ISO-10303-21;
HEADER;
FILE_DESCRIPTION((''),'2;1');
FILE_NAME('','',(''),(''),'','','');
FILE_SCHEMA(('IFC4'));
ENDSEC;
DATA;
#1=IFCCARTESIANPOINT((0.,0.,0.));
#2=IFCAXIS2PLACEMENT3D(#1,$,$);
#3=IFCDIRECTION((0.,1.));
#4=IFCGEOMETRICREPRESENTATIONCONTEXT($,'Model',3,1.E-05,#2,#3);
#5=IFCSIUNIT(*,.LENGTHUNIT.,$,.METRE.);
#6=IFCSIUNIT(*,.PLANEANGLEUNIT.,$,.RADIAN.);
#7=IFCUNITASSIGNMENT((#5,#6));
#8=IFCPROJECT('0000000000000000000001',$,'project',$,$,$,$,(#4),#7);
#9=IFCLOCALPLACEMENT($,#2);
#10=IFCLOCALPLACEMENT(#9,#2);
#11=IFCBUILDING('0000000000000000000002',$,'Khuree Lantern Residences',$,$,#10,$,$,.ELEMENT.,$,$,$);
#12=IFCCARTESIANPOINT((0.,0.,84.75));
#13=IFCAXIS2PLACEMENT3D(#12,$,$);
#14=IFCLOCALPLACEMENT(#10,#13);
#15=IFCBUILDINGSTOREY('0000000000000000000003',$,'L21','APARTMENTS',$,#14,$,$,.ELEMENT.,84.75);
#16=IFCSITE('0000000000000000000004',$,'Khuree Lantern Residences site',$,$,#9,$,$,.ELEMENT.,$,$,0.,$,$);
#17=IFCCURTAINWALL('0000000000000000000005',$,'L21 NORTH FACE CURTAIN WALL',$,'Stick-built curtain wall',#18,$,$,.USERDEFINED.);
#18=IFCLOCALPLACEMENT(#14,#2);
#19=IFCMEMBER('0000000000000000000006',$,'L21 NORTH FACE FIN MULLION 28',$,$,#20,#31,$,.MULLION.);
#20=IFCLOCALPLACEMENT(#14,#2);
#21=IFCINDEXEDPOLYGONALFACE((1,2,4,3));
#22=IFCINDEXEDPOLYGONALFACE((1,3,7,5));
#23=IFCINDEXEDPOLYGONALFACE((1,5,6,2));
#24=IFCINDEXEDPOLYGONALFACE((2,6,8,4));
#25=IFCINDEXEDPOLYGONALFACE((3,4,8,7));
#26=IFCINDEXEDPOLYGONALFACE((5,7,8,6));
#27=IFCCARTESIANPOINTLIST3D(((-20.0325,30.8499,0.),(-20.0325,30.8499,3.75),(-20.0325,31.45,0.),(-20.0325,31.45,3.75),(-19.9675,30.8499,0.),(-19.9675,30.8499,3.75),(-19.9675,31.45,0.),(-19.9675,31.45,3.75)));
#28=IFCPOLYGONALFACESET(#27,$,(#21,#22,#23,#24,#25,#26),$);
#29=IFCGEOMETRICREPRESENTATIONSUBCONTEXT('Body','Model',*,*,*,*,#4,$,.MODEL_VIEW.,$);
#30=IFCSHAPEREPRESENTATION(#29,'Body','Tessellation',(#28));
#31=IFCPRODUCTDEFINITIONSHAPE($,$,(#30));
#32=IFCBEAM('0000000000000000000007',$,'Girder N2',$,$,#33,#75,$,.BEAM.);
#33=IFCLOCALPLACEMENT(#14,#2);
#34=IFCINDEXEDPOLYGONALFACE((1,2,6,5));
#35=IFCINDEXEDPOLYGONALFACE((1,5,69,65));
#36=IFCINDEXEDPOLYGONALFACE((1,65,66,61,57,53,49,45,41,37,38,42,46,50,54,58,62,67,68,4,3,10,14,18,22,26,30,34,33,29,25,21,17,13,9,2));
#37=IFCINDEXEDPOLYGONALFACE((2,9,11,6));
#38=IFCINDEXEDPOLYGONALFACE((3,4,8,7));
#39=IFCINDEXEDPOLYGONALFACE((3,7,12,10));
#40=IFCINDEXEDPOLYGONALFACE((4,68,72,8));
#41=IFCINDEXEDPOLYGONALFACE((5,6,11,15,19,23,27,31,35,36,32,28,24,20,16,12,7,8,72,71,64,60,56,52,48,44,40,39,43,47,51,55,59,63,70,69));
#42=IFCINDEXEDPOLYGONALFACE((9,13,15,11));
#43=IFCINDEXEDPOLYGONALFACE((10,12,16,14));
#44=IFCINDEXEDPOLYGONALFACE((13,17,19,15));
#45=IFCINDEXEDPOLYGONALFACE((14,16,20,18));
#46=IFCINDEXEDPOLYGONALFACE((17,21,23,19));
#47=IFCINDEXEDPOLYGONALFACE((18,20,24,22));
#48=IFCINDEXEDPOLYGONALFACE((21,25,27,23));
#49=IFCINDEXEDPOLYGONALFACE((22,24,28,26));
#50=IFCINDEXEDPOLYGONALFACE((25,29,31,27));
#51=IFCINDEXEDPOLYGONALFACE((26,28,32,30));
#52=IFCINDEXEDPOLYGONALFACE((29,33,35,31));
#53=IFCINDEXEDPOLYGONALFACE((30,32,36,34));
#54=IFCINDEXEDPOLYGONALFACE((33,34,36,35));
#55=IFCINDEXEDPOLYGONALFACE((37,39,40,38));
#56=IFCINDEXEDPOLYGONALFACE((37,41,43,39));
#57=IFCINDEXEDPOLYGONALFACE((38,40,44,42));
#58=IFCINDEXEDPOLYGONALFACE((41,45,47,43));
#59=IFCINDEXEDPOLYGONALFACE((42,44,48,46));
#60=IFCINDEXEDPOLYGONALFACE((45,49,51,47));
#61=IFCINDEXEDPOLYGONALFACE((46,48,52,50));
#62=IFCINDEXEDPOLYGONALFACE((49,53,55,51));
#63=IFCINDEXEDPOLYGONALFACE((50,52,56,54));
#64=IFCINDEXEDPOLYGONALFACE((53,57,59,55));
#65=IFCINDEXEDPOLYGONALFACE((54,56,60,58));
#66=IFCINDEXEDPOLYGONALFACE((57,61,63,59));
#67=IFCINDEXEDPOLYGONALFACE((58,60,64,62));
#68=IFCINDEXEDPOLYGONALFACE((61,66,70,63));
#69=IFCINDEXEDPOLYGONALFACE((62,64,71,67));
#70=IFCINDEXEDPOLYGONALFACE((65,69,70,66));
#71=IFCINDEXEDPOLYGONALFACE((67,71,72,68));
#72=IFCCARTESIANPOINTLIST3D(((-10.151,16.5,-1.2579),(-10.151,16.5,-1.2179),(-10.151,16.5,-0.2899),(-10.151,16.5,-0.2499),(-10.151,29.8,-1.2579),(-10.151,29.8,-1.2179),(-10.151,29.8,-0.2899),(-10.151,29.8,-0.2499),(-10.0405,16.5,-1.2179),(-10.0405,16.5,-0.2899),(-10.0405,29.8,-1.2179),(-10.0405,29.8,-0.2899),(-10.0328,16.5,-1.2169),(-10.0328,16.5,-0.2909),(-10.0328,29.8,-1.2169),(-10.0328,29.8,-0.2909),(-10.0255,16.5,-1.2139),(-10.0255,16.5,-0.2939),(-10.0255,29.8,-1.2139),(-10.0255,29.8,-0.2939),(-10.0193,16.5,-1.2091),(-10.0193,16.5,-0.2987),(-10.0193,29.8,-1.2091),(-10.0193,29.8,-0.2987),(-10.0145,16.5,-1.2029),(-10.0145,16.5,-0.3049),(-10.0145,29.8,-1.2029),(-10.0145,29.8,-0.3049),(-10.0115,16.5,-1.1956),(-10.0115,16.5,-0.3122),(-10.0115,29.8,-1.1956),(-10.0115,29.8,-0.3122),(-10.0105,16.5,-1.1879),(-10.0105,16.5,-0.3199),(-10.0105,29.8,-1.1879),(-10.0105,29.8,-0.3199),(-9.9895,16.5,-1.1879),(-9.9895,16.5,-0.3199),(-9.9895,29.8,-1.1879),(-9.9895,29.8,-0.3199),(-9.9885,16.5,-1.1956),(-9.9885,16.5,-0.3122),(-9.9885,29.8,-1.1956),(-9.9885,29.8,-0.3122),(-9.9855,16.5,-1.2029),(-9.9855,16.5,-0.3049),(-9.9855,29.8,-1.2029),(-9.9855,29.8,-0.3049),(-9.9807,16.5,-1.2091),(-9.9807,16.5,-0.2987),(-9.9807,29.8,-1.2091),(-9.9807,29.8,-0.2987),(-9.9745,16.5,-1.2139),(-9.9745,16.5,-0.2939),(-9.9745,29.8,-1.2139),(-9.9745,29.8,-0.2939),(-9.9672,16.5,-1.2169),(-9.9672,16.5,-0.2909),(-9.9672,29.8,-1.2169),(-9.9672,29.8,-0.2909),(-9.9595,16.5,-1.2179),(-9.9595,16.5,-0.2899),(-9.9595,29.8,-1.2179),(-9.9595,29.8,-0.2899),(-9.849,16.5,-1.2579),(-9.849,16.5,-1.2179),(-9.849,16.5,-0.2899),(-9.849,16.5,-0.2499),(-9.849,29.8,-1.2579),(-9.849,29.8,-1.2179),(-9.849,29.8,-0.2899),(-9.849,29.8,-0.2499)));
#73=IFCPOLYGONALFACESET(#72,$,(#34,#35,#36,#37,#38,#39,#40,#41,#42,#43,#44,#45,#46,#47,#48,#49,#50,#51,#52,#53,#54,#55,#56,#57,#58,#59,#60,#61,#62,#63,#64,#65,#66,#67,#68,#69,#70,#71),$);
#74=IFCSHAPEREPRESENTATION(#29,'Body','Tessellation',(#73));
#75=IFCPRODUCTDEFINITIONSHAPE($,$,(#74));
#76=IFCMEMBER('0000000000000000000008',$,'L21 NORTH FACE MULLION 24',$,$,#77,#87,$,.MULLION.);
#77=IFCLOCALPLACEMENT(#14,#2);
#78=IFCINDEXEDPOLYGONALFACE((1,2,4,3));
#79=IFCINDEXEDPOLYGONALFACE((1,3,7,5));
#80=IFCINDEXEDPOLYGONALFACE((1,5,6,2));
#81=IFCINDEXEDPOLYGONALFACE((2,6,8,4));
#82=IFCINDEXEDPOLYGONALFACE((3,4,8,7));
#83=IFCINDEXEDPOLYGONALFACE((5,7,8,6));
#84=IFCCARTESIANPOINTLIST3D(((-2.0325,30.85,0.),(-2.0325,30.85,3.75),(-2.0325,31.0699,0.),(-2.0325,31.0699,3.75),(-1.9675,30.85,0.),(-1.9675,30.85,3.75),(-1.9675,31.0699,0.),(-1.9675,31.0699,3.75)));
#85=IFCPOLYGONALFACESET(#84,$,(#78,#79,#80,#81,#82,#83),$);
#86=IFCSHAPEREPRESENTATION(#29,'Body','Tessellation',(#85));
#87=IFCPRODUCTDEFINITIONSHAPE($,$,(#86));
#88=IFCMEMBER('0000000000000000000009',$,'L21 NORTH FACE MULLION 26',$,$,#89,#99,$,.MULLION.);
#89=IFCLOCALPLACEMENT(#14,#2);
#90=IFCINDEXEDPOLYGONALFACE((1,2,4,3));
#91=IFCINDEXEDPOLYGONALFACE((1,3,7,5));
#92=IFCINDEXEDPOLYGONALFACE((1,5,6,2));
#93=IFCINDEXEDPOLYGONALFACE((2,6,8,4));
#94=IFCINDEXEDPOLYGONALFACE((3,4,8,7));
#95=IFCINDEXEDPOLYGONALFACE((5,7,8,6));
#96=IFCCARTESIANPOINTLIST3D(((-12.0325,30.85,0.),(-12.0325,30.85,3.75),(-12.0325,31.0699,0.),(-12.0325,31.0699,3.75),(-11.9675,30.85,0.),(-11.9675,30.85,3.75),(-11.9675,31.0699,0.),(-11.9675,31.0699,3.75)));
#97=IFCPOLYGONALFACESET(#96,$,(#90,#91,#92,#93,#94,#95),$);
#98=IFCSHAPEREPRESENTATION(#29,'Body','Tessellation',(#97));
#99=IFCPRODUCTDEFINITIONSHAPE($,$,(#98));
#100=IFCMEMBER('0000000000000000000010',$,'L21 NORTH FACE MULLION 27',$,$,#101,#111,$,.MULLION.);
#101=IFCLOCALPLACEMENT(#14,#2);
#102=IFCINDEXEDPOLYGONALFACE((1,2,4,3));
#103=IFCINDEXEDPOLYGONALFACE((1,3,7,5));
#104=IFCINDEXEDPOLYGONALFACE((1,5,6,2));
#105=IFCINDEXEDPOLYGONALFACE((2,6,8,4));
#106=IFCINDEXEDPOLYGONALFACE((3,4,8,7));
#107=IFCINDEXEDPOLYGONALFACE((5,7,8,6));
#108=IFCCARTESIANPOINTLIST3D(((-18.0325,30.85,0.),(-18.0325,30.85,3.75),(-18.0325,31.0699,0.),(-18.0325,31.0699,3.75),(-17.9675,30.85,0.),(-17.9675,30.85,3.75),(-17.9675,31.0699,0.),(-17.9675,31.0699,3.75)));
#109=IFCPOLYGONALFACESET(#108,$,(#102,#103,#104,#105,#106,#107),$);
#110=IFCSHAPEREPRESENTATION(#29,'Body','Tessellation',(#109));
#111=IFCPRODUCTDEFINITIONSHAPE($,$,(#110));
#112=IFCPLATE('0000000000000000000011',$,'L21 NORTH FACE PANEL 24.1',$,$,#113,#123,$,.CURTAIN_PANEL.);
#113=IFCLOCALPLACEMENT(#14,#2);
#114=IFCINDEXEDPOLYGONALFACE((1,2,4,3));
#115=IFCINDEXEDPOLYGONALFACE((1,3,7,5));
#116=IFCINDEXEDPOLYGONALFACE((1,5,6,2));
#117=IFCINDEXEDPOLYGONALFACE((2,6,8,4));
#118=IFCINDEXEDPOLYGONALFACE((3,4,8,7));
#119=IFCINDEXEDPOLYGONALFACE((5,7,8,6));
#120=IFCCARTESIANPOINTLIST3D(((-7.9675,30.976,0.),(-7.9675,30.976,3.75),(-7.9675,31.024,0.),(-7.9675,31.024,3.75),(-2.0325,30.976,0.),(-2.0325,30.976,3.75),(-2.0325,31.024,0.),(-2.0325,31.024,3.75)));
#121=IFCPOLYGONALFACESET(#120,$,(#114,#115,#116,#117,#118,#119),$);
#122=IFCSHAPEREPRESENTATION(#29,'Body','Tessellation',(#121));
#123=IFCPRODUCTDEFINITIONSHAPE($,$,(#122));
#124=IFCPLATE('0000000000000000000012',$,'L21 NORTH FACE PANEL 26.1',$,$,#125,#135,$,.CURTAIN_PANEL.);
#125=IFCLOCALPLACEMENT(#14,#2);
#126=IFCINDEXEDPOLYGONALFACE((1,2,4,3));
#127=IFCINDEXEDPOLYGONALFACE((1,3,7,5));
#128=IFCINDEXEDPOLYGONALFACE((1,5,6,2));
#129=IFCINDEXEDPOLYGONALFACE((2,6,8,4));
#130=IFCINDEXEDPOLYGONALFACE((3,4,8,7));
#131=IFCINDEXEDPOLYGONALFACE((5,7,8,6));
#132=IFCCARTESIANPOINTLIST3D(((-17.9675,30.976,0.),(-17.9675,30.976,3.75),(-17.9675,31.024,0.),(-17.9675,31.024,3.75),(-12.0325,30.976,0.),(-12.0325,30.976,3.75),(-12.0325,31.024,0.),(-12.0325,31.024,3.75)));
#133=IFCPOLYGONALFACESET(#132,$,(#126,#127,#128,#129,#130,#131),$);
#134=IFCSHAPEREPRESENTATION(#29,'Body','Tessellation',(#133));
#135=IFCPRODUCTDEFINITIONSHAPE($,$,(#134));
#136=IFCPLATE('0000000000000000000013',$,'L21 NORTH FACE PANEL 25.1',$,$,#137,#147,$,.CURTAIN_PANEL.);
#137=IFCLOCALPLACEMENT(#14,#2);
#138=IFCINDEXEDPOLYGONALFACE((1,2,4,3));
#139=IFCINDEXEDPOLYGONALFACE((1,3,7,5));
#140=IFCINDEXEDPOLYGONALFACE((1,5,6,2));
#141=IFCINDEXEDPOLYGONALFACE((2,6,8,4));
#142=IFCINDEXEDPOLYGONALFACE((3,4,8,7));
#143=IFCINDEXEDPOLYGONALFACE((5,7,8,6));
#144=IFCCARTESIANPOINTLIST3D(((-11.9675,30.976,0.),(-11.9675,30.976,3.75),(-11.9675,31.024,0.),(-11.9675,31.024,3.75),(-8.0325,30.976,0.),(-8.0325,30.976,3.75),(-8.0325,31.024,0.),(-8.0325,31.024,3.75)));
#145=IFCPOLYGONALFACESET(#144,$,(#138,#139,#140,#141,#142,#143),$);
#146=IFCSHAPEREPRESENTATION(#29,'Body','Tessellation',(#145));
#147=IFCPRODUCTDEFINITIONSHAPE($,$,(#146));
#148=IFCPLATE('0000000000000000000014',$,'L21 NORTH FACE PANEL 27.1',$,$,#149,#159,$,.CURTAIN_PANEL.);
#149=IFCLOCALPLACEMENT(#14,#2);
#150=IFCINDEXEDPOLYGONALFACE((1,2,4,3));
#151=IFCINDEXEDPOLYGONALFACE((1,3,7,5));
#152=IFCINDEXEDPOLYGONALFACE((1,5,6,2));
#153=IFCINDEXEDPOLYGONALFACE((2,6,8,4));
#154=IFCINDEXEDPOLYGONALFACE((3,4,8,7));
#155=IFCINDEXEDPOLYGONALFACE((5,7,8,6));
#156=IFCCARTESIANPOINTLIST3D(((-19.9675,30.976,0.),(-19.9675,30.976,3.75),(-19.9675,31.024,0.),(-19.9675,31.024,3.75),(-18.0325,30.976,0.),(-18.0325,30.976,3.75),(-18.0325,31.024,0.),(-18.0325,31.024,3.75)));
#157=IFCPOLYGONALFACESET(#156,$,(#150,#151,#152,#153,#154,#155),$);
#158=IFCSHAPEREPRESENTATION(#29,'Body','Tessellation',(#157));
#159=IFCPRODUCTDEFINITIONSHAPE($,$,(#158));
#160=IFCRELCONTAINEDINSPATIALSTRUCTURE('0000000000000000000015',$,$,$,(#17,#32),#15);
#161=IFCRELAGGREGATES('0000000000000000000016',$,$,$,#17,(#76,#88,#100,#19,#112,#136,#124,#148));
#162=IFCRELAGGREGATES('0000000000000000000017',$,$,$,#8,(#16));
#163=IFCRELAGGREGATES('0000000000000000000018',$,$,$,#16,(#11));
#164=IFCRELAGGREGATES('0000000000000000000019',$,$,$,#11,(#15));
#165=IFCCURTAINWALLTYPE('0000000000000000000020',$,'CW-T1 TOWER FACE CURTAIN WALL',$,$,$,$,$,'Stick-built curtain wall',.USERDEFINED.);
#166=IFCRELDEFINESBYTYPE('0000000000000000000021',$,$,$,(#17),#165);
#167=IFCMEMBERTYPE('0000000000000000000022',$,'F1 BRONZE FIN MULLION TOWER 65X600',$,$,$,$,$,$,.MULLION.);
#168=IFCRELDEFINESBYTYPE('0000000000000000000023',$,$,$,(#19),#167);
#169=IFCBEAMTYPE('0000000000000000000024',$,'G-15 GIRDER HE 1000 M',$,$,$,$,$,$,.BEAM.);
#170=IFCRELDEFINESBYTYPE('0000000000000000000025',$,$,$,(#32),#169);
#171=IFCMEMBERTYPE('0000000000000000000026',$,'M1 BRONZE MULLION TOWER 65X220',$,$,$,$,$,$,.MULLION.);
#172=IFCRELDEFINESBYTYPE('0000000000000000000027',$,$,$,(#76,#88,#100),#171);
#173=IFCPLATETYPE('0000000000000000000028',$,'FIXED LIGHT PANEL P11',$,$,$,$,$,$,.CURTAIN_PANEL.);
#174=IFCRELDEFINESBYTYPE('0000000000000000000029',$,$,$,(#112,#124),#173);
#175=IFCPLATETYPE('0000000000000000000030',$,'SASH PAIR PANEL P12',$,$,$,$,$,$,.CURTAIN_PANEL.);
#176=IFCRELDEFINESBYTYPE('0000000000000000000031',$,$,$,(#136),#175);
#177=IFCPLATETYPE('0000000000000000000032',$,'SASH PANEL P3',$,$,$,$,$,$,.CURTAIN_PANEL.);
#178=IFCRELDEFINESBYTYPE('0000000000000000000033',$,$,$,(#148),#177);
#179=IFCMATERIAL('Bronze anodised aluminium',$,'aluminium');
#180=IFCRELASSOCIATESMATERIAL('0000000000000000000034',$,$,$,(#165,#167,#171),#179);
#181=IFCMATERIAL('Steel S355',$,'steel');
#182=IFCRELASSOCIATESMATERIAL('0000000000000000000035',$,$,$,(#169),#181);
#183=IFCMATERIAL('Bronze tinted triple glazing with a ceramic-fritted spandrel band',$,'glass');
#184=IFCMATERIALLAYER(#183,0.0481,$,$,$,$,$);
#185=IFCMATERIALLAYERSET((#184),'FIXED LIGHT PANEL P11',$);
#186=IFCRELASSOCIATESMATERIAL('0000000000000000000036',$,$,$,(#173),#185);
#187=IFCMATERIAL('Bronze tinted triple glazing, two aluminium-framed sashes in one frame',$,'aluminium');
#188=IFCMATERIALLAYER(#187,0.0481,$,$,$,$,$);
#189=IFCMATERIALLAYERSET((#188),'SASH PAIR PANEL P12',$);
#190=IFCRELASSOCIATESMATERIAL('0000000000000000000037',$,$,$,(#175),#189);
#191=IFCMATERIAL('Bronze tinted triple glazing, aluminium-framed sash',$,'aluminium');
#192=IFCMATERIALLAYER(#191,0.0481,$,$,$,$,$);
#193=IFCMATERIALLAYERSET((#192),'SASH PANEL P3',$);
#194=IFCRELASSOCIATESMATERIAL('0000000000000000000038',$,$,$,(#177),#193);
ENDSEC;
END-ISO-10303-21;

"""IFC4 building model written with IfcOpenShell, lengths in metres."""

from ifc_helpers import new_model, si_unit, direction, frame, origin, origin_2d, place, context, subcontext, project, spatial, rectangle, i_section, extrude, material, layer, layer_set, material_profile, profile_set, type_object, element, aggregate, save


model = new_model("IFC4")

# Units and contexts
model_context = context("Model", 3, precision=1e-05, world=origin(), true_north=direction((0.0, 1.0)))
body_context = subcontext(model_context, "Body", "Model", "MODEL_VIEW")
ifc_project = project(units=[si_unit("LENGTHUNIT", "METRE"), si_unit("PLANEANGLEUNIT", "RADIAN")], contexts=[model_context])

# Site, building, storey
site_placement = place(None, origin())
site = spatial("IfcSite", under=ifc_project, at=site_placement, Name="Khuree Lantern Residences site", CompositionType="ELEMENT", RefElevation=0.0)
building_placement = place(site_placement, origin())
building = spatial("IfcBuilding", under=site, at=building_placement, Name="Khuree Lantern Residences", CompositionType="ELEMENT")
storey_placement = place(building_placement, frame((0.0, 0.0, 84.75)))
storey = spatial("IfcBuildingStorey", under=building, at=storey_placement, Name="L21", Description="APARTMENTS", CompositionType="ELEMENT", Elevation=84.75)

# Shared definitions
ifc_material_1 = material(Name="Steel S355", Category="steel")

# Curtain wall, member
ifc_material_2 = material(Name="Bronze anodised aluminium", Category="aluminium")
curtain_wall_type = type_object("IfcCurtainWallType", Name="CW-T1 TOWER FACE CURTAIN WALL", ElementType="Stick-built curtain wall", PredefinedType="USERDEFINED", material=ifc_material_2)
curtain_wall_placement = place(storey_placement, origin())
curtain_wall = element("IfcCurtainWall", 1, at=curtain_wall_placement, inside=storey, type_object=curtain_wall_type, Name="L21 NORTH FACE CURTAIN WALL", ObjectType="Stick-built curtain wall", PredefinedType="USERDEFINED")
ifc_material_profile_1 = material_profile(ifc_material_2, rectangle(XDim=0.0649, YDim=0.6001, at=origin_2d()), Name="F1 65X600")
ifc_profile_set_1 = profile_set([ifc_material_profile_1], Name="Bronze anodised aluminium")
member_type_1 = type_object("IfcMemberType", Name="F1 BRONZE FIN MULLION TOWER 65X600", PredefinedType="MULLION", material=ifc_profile_set_1)
member_1_placement = place(storey_placement, frame((-20.0, 31.1499, 0.0), z_axis=(0.0, 0.0, 1.0), x_axis=(-1.0, 0.0, 0.0)))
member_1 = element("IfcMember", 2, at=member_1_placement, type_object=member_type_1, Name="L21 NORTH FACE FIN MULLION 28", PredefinedType="MULLION", context=body_context, shape_type="SweptSolid", body=[
    extrude(rectangle(XDim=0.0649, YDim=0.6001, at=origin_2d()), origin(), (0.0, 0.0, 1.0), 3.75),
])

# Beam
ifc_material_profile_2 = material_profile(ifc_material_1, i_section(OverallWidth=0.302, OverallDepth=1.0081, WebThickness=0.021, FlangeThickness=0.04, FilletRadius=0.03, at=origin_2d()), Name="HE 1000 M")
ifc_profile_set_2 = profile_set([ifc_material_profile_2], Name="Steel S355")
beam_type_1 = type_object("IfcBeamType", Name="G-15 GIRDER HE 1000 M", PredefinedType="BEAM", material=ifc_profile_set_2)
beam_1_placement = place(storey_placement, frame((-10.0, 29.8, -0.7539), z_axis=(0.0, -1.0, 0.0), x_axis=(1.0, 0.0, 0.0)))
element("IfcBeam", 3, at=beam_1_placement, inside=storey, type_object=beam_type_1, Name="Girder N2", PredefinedType="BEAM", context=body_context, shape_type="SweptSolid", body=[
    extrude(i_section(OverallWidth=0.302, OverallDepth=1.0081, WebThickness=0.021, FlangeThickness=0.04, FilletRadius=0.03, at=origin_2d()), origin(), (0.0, 0.0, 1.0), 13.3),
])

# Members
ifc_material_profile_3 = material_profile(ifc_material_2, rectangle(XDim=0.0649, YDim=0.22, at=origin_2d()), Name="M1 65X220")
ifc_profile_set_3 = profile_set([ifc_material_profile_3], Name="Bronze anodised aluminium")
member_type_2 = type_object("IfcMemberType", Name="M1 BRONZE MULLION TOWER 65X220", PredefinedType="MULLION", material=ifc_profile_set_3)
member_2_placement = place(storey_placement, frame((-2.0, 30.96, 0.0), z_axis=(0.0, 0.0, 1.0), x_axis=(-1.0, 0.0, 0.0)))
member_2 = element("IfcMember", 4, at=member_2_placement, type_object=member_type_2, Name="L21 NORTH FACE MULLION 24", PredefinedType="MULLION", context=body_context, shape_type="SweptSolid", body=[
    extrude(rectangle(XDim=0.0649, YDim=0.22, at=origin_2d()), origin(), (0.0, 0.0, 1.0), 3.75),
])
member_3_placement = place(storey_placement, frame((-12.0, 30.96, 0.0), z_axis=(0.0, 0.0, 1.0), x_axis=(-1.0, 0.0, 0.0)))
member_3 = element("IfcMember", 5, at=member_3_placement, type_object=member_type_2, Name="L21 NORTH FACE MULLION 26", PredefinedType="MULLION", context=body_context, shape_type="SweptSolid", body=[
    extrude(rectangle(XDim=0.0649, YDim=0.22, at=origin_2d()), origin(), (0.0, 0.0, 1.0), 3.75),
])
member_4_placement = place(storey_placement, frame((-18.0, 30.96, 0.0), z_axis=(0.0, 0.0, 1.0), x_axis=(-1.0, 0.0, 0.0)))
member_4 = element("IfcMember", 6, at=member_4_placement, type_object=member_type_2, Name="L21 NORTH FACE MULLION 27", PredefinedType="MULLION", context=body_context, shape_type="SweptSolid", body=[
    extrude(rectangle(XDim=0.0649, YDim=0.22, at=origin_2d()), origin(), (0.0, 0.0, 1.0), 3.75),
])

# Plates
ifc_material_3 = material(Name="Bronze tinted triple glazing with a ceramic-fritted spandrel band", Category="glass")
ifc_layer_1 = layer(ifc_material_3, 0.0481)
ifc_layer_set_1 = layer_set([ifc_layer_1], Name="FIXED LIGHT PANEL P11")
plate_type_1 = type_object("IfcPlateType", Name="FIXED LIGHT PANEL P11", PredefinedType="CURTAIN_PANEL", material=ifc_layer_set_1)
plate_1_placement = place(storey_placement, frame((-5.0, 31.0, 0.0), z_axis=(0.0, 0.0, 1.0), x_axis=(-1.0, 0.0, 0.0)))
plate_1 = element("IfcPlate", 7, at=plate_1_placement, type_object=plate_type_1, Name="L21 NORTH FACE PANEL 24.1", PredefinedType="CURTAIN_PANEL", context=body_context, shape_type="SweptSolid", body=[
    extrude(rectangle(XDim=5.9351, YDim=0.0481, at=origin_2d()), origin(), (0.0, 0.0, 1.0), 3.75),
])
plate_2_placement = place(storey_placement, frame((-15.0, 31.0, 0.0), z_axis=(0.0, 0.0, 1.0), x_axis=(-1.0, 0.0, 0.0)))
plate_2 = element("IfcPlate", 8, at=plate_2_placement, type_object=plate_type_1, Name="L21 NORTH FACE PANEL 26.1", PredefinedType="CURTAIN_PANEL", context=body_context, shape_type="SweptSolid", body=[
    extrude(rectangle(XDim=5.9351, YDim=0.0481, at=origin_2d()), origin(), (0.0, 0.0, 1.0), 3.75),
])
ifc_material_4 = material(Name="Bronze tinted triple glazing, two aluminium-framed sashes in one frame", Category="aluminium")
ifc_layer_2 = layer(ifc_material_4, 0.0481)
ifc_layer_set_2 = layer_set([ifc_layer_2], Name="SASH PAIR PANEL P12")
plate_type_2 = type_object("IfcPlateType", Name="SASH PAIR PANEL P12", PredefinedType="CURTAIN_PANEL", material=ifc_layer_set_2)
plate_3_placement = place(storey_placement, frame((-10.0, 31.0, 0.0), z_axis=(0.0, 0.0, 1.0), x_axis=(-1.0, 0.0, 0.0)))
plate_3 = element("IfcPlate", 9, at=plate_3_placement, type_object=plate_type_2, Name="L21 NORTH FACE PANEL 25.1", PredefinedType="CURTAIN_PANEL", context=body_context, shape_type="SweptSolid", body=[
    extrude(rectangle(XDim=3.9351, YDim=0.0481, at=origin_2d()), origin(), (0.0, 0.0, 1.0), 3.75),
])
ifc_material_5 = material(Name="Bronze tinted triple glazing, aluminium-framed sash", Category="aluminium")
ifc_layer_3 = layer(ifc_material_5, 0.0481)
ifc_layer_set_3 = layer_set([ifc_layer_3], Name="SASH PANEL P3")
plate_type_3 = type_object("IfcPlateType", Name="SASH PANEL P3", PredefinedType="CURTAIN_PANEL", material=ifc_layer_set_3)
plate_4_placement = place(storey_placement, frame((-19.0, 31.0, 0.0), z_axis=(0.0, 0.0, 1.0), x_axis=(-1.0, 0.0, 0.0)))
plate_4 = element("IfcPlate", 10, at=plate_4_placement, type_object=plate_type_3, Name="L21 NORTH FACE PANEL 27.1", PredefinedType="CURTAIN_PANEL", context=body_context, shape_type="SweptSolid", body=[
    extrude(rectangle(XDim=1.9351, YDim=0.0481, at=origin_2d()), origin(), (0.0, 0.0, 1.0), 3.75),
])
aggregate(curtain_wall, [member_2, member_3, member_4, member_1, plate_1, plate_3, plate_2, plate_4])

save(model, "model.ifc")
